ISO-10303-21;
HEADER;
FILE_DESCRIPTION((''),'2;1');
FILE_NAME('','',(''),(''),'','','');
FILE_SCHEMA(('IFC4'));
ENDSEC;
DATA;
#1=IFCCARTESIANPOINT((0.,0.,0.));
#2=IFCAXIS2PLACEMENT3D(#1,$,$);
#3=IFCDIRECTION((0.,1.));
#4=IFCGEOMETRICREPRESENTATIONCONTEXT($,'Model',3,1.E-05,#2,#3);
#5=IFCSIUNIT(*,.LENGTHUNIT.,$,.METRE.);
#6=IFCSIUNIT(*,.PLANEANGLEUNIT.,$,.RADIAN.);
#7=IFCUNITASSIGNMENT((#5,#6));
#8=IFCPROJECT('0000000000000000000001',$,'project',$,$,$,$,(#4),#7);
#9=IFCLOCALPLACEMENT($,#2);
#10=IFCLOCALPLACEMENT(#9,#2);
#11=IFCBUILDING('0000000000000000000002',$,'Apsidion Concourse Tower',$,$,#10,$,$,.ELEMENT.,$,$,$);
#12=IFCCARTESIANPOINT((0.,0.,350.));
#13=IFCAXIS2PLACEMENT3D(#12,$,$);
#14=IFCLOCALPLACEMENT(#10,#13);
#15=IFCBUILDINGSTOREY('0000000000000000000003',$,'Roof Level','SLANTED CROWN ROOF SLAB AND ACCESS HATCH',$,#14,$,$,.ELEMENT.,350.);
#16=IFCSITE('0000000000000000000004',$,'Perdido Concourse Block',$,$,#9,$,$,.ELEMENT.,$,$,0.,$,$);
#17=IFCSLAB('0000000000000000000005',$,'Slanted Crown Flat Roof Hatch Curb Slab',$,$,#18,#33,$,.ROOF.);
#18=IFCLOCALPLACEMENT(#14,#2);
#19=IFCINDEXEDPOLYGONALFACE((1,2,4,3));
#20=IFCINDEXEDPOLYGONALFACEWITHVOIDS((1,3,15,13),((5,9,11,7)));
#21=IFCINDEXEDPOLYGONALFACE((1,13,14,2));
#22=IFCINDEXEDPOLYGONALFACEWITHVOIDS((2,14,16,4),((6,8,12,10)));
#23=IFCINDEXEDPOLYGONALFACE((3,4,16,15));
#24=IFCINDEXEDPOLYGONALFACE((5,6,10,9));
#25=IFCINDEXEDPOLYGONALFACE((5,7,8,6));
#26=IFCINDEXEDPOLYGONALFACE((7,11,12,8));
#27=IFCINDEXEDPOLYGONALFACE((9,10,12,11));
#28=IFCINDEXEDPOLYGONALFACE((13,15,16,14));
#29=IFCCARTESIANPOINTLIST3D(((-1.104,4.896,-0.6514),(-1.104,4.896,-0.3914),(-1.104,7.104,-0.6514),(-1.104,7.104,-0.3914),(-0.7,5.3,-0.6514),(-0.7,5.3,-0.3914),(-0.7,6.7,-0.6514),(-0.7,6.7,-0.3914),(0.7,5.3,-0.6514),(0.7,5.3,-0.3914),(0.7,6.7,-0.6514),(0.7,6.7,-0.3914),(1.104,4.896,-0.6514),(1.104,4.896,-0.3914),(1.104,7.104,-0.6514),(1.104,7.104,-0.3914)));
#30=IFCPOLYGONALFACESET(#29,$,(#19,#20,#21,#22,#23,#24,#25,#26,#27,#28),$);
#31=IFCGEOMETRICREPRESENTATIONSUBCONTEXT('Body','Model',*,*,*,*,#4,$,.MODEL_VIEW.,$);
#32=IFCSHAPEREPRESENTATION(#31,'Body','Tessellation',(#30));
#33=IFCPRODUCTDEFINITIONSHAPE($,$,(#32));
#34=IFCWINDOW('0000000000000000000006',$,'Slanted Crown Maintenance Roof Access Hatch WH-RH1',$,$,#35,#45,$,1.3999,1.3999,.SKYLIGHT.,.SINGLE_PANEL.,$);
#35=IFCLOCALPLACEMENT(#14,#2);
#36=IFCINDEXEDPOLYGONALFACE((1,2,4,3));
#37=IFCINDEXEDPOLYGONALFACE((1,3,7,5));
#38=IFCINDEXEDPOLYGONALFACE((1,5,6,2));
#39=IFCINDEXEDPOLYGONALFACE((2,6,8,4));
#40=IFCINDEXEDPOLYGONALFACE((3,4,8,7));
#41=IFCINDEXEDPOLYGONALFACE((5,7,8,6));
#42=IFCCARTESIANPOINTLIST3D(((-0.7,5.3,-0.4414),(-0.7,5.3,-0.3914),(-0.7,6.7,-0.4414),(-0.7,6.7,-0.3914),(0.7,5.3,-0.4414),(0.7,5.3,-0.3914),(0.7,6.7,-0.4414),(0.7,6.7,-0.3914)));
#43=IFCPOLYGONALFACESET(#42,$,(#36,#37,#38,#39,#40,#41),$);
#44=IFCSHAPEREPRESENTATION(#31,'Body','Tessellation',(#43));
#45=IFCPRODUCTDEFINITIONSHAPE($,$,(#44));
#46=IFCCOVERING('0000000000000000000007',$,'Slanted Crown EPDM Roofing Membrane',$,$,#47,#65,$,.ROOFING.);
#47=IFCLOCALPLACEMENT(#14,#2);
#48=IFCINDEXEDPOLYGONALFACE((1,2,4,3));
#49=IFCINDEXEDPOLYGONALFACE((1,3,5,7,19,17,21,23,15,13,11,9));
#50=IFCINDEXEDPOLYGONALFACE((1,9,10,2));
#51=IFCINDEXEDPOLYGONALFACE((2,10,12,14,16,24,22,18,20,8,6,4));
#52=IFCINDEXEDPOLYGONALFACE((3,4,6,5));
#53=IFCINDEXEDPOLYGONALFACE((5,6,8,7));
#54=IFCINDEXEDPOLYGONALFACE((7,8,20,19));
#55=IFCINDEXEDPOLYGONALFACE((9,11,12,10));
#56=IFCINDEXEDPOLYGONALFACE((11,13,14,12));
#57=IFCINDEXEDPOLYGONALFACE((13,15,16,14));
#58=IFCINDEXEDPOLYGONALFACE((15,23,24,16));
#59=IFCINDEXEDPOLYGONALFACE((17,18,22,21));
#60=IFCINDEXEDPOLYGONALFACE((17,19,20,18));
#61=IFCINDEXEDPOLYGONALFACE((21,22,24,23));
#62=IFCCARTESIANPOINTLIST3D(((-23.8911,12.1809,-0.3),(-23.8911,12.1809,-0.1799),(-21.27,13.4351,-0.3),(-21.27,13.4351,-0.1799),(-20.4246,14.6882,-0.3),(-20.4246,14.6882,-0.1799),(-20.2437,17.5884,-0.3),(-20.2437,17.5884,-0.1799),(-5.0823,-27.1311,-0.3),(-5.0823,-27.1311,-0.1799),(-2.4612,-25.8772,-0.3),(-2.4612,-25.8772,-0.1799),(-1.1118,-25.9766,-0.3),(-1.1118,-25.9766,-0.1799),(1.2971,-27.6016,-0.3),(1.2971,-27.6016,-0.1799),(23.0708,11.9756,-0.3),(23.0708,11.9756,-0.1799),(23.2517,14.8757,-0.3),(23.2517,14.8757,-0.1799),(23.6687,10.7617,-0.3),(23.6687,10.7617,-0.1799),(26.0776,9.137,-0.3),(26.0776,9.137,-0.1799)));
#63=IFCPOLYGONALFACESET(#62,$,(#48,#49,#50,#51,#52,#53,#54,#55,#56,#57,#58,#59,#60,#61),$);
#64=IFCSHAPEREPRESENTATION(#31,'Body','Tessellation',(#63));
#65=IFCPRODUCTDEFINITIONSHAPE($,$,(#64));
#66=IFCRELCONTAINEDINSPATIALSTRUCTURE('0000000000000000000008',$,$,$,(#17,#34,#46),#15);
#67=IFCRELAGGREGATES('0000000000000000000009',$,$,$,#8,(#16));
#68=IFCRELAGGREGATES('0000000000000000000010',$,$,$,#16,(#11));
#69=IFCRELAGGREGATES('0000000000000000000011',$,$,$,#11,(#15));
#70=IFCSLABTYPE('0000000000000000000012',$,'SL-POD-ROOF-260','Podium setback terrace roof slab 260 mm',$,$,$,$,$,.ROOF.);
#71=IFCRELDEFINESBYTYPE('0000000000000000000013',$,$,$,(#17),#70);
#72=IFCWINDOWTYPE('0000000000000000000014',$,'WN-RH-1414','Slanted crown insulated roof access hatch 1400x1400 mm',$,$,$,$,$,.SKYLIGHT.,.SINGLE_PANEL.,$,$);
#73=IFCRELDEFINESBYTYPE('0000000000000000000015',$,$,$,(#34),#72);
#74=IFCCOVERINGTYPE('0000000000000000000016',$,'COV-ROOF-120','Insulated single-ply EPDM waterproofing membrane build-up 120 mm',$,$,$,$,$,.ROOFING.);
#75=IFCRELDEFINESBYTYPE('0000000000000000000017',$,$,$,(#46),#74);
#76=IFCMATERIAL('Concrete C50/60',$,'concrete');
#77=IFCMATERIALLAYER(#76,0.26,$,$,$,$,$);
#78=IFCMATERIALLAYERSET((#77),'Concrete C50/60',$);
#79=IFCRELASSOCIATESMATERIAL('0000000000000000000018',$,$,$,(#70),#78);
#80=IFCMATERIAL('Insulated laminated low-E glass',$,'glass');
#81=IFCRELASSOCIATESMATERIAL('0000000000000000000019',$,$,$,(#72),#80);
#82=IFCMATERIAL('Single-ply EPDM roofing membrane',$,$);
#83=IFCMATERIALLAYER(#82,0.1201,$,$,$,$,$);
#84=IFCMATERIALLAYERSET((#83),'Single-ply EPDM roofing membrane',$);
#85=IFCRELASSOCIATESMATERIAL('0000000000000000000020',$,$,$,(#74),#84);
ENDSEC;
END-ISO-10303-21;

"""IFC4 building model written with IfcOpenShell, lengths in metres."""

from ifc_helpers import new_model, si_unit, direction, frame, origin, origin_2d, place, context, subcontext, project, spatial, polyline, rectangle, outline, extrude, material, layer, layer_set, type_object, element, fill, save


model = new_model("IFC4")

# Units and contexts
model_context = context("Model", 3, precision=1e-05, world=origin(), true_north=direction((0.0, 1.0)))
body_context = subcontext(model_context, "Body", "Model", "MODEL_VIEW")
ifc_project = project(units=[si_unit("LENGTHUNIT", "METRE"), si_unit("PLANEANGLEUNIT", "RADIAN")], contexts=[model_context])

# Site, building, storey
site_placement = place(None, origin())
site = spatial("IfcSite", under=ifc_project, at=site_placement, Name="Perdido Concourse Block", CompositionType="ELEMENT", RefElevation=0.0)
building_placement = place(site_placement, origin())
building = spatial("IfcBuilding", under=site, at=building_placement, Name="Apsidion Concourse Tower", CompositionType="ELEMENT")
storey_placement = place(building_placement, frame((0.0, 0.0, 350.0)))
storey = spatial("IfcBuildingStorey", under=building, at=storey_placement, Name="Roof Level", Description="SLANTED CROWN ROOF SLAB AND ACCESS HATCH", CompositionType="ELEMENT", Elevation=350.0)

# Shared definitions
ifc_material_1 = material(Name="Concrete C50/60", Category="concrete")

# Slab, opening, window
ifc_layer_1 = layer(ifc_material_1, 0.26)
ifc_layer_set_1 = layer_set([ifc_layer_1], Name="Concrete C50/60")
slab_type_1 = type_object("IfcSlabType", Name="SL-POD-ROOF-260", Description="Podium setback terrace roof slab 260 mm", PredefinedType="ROOF", material=ifc_layer_set_1)
slab_1_placement = place(storey_placement, frame((0.0, 0.0, -0.6514)))
slab_1 = element("IfcSlab", 1, at=slab_1_placement, inside=storey, type_object=slab_type_1, Name="Slanted Crown Flat Roof Hatch Curb Slab", PredefinedType="ROOF", context=body_context, shape_type="SweptSolid", body=[
    extrude(outline(polyline([(-1.104, 4.896), (1.104, 4.896), (1.104, 7.104), (-1.104, 7.104), (-1.104, 4.896)])), origin(), (0.0, 0.0, 1.0), 0.26),
])
opening_placement = place(slab_1_placement, frame((0.0, 6.0, -0.01)))
opening = element("IfcOpeningElement", 2, at=opening_placement, cuts=slab_1, PredefinedType="OPENING", context=body_context, shape_type="SweptSolid", body=[
    extrude(rectangle(XDim=1.3999, YDim=1.3999, at=origin_2d()), origin(), (0.0, 0.0, 1.0), 0.28),
])
ifc_material_2 = material(Name="Insulated laminated low-E glass", Category="glass")
window_type = type_object("IfcWindowType", Name="WN-RH-1414", Description="Slanted crown insulated roof access hatch 1400x1400 mm", PartitioningType="SINGLE_PANEL", PredefinedType="SKYLIGHT", material=ifc_material_2)
window_placement = place(slab_1_placement, frame((0.0, 6.0, 0.21)))
window = element("IfcWindow", 3, at=window_placement, inside=storey, type_object=window_type, Name="Slanted Crown Maintenance Roof Access Hatch WH-RH1", OverallHeight=1.3999, OverallWidth=1.3999, PartitioningType="SINGLE_PANEL", PredefinedType="SKYLIGHT", context=body_context, shape_type="SweptSolid", body=[
    extrude(rectangle(XDim=1.3999, YDim=1.3999, at=origin_2d()), origin(), (0.0, 0.0, 1.0), 0.05),
])
fill(opening, window)

# Covering
ifc_material_3 = material(Name="Single-ply EPDM roofing membrane")
ifc_layer_2 = layer(ifc_material_3, 0.1201)
ifc_layer_set_2 = layer_set([ifc_layer_2], Name="Single-ply EPDM roofing membrane")
covering_type = type_object("IfcCoveringType", Name="COV-ROOF-120", Description="Insulated single-ply EPDM waterproofing membrane build-up 120 mm", PredefinedType="ROOFING", material=ifc_layer_set_2)
covering_placement = place(storey_placement, frame((0.0, 0.0, -0.3)))
element("IfcCovering", 4, at=covering_placement, inside=storey, type_object=covering_type, Name="Slanted Crown EPDM Roofing Membrane", PredefinedType="ROOFING", context=body_context, shape_type="SweptSolid", body=[
    extrude(outline(polyline([(-20.2437, 17.5884), (-20.4246, 14.6882), (-21.27, 13.4351), (-23.8911, 12.1809), (-5.0823, -27.1311), (-2.4612, -25.8772), (-1.1118, -25.9766), (1.2971, -27.6016), (26.0776, 9.137), (23.6687, 10.7617), (23.0708, 11.9756), (23.2517, 14.8757), (-20.2437, 17.5884)])), origin(), (0.0, 0.0, 1.0), 0.1201),
])

save(model, "model.ifc")
